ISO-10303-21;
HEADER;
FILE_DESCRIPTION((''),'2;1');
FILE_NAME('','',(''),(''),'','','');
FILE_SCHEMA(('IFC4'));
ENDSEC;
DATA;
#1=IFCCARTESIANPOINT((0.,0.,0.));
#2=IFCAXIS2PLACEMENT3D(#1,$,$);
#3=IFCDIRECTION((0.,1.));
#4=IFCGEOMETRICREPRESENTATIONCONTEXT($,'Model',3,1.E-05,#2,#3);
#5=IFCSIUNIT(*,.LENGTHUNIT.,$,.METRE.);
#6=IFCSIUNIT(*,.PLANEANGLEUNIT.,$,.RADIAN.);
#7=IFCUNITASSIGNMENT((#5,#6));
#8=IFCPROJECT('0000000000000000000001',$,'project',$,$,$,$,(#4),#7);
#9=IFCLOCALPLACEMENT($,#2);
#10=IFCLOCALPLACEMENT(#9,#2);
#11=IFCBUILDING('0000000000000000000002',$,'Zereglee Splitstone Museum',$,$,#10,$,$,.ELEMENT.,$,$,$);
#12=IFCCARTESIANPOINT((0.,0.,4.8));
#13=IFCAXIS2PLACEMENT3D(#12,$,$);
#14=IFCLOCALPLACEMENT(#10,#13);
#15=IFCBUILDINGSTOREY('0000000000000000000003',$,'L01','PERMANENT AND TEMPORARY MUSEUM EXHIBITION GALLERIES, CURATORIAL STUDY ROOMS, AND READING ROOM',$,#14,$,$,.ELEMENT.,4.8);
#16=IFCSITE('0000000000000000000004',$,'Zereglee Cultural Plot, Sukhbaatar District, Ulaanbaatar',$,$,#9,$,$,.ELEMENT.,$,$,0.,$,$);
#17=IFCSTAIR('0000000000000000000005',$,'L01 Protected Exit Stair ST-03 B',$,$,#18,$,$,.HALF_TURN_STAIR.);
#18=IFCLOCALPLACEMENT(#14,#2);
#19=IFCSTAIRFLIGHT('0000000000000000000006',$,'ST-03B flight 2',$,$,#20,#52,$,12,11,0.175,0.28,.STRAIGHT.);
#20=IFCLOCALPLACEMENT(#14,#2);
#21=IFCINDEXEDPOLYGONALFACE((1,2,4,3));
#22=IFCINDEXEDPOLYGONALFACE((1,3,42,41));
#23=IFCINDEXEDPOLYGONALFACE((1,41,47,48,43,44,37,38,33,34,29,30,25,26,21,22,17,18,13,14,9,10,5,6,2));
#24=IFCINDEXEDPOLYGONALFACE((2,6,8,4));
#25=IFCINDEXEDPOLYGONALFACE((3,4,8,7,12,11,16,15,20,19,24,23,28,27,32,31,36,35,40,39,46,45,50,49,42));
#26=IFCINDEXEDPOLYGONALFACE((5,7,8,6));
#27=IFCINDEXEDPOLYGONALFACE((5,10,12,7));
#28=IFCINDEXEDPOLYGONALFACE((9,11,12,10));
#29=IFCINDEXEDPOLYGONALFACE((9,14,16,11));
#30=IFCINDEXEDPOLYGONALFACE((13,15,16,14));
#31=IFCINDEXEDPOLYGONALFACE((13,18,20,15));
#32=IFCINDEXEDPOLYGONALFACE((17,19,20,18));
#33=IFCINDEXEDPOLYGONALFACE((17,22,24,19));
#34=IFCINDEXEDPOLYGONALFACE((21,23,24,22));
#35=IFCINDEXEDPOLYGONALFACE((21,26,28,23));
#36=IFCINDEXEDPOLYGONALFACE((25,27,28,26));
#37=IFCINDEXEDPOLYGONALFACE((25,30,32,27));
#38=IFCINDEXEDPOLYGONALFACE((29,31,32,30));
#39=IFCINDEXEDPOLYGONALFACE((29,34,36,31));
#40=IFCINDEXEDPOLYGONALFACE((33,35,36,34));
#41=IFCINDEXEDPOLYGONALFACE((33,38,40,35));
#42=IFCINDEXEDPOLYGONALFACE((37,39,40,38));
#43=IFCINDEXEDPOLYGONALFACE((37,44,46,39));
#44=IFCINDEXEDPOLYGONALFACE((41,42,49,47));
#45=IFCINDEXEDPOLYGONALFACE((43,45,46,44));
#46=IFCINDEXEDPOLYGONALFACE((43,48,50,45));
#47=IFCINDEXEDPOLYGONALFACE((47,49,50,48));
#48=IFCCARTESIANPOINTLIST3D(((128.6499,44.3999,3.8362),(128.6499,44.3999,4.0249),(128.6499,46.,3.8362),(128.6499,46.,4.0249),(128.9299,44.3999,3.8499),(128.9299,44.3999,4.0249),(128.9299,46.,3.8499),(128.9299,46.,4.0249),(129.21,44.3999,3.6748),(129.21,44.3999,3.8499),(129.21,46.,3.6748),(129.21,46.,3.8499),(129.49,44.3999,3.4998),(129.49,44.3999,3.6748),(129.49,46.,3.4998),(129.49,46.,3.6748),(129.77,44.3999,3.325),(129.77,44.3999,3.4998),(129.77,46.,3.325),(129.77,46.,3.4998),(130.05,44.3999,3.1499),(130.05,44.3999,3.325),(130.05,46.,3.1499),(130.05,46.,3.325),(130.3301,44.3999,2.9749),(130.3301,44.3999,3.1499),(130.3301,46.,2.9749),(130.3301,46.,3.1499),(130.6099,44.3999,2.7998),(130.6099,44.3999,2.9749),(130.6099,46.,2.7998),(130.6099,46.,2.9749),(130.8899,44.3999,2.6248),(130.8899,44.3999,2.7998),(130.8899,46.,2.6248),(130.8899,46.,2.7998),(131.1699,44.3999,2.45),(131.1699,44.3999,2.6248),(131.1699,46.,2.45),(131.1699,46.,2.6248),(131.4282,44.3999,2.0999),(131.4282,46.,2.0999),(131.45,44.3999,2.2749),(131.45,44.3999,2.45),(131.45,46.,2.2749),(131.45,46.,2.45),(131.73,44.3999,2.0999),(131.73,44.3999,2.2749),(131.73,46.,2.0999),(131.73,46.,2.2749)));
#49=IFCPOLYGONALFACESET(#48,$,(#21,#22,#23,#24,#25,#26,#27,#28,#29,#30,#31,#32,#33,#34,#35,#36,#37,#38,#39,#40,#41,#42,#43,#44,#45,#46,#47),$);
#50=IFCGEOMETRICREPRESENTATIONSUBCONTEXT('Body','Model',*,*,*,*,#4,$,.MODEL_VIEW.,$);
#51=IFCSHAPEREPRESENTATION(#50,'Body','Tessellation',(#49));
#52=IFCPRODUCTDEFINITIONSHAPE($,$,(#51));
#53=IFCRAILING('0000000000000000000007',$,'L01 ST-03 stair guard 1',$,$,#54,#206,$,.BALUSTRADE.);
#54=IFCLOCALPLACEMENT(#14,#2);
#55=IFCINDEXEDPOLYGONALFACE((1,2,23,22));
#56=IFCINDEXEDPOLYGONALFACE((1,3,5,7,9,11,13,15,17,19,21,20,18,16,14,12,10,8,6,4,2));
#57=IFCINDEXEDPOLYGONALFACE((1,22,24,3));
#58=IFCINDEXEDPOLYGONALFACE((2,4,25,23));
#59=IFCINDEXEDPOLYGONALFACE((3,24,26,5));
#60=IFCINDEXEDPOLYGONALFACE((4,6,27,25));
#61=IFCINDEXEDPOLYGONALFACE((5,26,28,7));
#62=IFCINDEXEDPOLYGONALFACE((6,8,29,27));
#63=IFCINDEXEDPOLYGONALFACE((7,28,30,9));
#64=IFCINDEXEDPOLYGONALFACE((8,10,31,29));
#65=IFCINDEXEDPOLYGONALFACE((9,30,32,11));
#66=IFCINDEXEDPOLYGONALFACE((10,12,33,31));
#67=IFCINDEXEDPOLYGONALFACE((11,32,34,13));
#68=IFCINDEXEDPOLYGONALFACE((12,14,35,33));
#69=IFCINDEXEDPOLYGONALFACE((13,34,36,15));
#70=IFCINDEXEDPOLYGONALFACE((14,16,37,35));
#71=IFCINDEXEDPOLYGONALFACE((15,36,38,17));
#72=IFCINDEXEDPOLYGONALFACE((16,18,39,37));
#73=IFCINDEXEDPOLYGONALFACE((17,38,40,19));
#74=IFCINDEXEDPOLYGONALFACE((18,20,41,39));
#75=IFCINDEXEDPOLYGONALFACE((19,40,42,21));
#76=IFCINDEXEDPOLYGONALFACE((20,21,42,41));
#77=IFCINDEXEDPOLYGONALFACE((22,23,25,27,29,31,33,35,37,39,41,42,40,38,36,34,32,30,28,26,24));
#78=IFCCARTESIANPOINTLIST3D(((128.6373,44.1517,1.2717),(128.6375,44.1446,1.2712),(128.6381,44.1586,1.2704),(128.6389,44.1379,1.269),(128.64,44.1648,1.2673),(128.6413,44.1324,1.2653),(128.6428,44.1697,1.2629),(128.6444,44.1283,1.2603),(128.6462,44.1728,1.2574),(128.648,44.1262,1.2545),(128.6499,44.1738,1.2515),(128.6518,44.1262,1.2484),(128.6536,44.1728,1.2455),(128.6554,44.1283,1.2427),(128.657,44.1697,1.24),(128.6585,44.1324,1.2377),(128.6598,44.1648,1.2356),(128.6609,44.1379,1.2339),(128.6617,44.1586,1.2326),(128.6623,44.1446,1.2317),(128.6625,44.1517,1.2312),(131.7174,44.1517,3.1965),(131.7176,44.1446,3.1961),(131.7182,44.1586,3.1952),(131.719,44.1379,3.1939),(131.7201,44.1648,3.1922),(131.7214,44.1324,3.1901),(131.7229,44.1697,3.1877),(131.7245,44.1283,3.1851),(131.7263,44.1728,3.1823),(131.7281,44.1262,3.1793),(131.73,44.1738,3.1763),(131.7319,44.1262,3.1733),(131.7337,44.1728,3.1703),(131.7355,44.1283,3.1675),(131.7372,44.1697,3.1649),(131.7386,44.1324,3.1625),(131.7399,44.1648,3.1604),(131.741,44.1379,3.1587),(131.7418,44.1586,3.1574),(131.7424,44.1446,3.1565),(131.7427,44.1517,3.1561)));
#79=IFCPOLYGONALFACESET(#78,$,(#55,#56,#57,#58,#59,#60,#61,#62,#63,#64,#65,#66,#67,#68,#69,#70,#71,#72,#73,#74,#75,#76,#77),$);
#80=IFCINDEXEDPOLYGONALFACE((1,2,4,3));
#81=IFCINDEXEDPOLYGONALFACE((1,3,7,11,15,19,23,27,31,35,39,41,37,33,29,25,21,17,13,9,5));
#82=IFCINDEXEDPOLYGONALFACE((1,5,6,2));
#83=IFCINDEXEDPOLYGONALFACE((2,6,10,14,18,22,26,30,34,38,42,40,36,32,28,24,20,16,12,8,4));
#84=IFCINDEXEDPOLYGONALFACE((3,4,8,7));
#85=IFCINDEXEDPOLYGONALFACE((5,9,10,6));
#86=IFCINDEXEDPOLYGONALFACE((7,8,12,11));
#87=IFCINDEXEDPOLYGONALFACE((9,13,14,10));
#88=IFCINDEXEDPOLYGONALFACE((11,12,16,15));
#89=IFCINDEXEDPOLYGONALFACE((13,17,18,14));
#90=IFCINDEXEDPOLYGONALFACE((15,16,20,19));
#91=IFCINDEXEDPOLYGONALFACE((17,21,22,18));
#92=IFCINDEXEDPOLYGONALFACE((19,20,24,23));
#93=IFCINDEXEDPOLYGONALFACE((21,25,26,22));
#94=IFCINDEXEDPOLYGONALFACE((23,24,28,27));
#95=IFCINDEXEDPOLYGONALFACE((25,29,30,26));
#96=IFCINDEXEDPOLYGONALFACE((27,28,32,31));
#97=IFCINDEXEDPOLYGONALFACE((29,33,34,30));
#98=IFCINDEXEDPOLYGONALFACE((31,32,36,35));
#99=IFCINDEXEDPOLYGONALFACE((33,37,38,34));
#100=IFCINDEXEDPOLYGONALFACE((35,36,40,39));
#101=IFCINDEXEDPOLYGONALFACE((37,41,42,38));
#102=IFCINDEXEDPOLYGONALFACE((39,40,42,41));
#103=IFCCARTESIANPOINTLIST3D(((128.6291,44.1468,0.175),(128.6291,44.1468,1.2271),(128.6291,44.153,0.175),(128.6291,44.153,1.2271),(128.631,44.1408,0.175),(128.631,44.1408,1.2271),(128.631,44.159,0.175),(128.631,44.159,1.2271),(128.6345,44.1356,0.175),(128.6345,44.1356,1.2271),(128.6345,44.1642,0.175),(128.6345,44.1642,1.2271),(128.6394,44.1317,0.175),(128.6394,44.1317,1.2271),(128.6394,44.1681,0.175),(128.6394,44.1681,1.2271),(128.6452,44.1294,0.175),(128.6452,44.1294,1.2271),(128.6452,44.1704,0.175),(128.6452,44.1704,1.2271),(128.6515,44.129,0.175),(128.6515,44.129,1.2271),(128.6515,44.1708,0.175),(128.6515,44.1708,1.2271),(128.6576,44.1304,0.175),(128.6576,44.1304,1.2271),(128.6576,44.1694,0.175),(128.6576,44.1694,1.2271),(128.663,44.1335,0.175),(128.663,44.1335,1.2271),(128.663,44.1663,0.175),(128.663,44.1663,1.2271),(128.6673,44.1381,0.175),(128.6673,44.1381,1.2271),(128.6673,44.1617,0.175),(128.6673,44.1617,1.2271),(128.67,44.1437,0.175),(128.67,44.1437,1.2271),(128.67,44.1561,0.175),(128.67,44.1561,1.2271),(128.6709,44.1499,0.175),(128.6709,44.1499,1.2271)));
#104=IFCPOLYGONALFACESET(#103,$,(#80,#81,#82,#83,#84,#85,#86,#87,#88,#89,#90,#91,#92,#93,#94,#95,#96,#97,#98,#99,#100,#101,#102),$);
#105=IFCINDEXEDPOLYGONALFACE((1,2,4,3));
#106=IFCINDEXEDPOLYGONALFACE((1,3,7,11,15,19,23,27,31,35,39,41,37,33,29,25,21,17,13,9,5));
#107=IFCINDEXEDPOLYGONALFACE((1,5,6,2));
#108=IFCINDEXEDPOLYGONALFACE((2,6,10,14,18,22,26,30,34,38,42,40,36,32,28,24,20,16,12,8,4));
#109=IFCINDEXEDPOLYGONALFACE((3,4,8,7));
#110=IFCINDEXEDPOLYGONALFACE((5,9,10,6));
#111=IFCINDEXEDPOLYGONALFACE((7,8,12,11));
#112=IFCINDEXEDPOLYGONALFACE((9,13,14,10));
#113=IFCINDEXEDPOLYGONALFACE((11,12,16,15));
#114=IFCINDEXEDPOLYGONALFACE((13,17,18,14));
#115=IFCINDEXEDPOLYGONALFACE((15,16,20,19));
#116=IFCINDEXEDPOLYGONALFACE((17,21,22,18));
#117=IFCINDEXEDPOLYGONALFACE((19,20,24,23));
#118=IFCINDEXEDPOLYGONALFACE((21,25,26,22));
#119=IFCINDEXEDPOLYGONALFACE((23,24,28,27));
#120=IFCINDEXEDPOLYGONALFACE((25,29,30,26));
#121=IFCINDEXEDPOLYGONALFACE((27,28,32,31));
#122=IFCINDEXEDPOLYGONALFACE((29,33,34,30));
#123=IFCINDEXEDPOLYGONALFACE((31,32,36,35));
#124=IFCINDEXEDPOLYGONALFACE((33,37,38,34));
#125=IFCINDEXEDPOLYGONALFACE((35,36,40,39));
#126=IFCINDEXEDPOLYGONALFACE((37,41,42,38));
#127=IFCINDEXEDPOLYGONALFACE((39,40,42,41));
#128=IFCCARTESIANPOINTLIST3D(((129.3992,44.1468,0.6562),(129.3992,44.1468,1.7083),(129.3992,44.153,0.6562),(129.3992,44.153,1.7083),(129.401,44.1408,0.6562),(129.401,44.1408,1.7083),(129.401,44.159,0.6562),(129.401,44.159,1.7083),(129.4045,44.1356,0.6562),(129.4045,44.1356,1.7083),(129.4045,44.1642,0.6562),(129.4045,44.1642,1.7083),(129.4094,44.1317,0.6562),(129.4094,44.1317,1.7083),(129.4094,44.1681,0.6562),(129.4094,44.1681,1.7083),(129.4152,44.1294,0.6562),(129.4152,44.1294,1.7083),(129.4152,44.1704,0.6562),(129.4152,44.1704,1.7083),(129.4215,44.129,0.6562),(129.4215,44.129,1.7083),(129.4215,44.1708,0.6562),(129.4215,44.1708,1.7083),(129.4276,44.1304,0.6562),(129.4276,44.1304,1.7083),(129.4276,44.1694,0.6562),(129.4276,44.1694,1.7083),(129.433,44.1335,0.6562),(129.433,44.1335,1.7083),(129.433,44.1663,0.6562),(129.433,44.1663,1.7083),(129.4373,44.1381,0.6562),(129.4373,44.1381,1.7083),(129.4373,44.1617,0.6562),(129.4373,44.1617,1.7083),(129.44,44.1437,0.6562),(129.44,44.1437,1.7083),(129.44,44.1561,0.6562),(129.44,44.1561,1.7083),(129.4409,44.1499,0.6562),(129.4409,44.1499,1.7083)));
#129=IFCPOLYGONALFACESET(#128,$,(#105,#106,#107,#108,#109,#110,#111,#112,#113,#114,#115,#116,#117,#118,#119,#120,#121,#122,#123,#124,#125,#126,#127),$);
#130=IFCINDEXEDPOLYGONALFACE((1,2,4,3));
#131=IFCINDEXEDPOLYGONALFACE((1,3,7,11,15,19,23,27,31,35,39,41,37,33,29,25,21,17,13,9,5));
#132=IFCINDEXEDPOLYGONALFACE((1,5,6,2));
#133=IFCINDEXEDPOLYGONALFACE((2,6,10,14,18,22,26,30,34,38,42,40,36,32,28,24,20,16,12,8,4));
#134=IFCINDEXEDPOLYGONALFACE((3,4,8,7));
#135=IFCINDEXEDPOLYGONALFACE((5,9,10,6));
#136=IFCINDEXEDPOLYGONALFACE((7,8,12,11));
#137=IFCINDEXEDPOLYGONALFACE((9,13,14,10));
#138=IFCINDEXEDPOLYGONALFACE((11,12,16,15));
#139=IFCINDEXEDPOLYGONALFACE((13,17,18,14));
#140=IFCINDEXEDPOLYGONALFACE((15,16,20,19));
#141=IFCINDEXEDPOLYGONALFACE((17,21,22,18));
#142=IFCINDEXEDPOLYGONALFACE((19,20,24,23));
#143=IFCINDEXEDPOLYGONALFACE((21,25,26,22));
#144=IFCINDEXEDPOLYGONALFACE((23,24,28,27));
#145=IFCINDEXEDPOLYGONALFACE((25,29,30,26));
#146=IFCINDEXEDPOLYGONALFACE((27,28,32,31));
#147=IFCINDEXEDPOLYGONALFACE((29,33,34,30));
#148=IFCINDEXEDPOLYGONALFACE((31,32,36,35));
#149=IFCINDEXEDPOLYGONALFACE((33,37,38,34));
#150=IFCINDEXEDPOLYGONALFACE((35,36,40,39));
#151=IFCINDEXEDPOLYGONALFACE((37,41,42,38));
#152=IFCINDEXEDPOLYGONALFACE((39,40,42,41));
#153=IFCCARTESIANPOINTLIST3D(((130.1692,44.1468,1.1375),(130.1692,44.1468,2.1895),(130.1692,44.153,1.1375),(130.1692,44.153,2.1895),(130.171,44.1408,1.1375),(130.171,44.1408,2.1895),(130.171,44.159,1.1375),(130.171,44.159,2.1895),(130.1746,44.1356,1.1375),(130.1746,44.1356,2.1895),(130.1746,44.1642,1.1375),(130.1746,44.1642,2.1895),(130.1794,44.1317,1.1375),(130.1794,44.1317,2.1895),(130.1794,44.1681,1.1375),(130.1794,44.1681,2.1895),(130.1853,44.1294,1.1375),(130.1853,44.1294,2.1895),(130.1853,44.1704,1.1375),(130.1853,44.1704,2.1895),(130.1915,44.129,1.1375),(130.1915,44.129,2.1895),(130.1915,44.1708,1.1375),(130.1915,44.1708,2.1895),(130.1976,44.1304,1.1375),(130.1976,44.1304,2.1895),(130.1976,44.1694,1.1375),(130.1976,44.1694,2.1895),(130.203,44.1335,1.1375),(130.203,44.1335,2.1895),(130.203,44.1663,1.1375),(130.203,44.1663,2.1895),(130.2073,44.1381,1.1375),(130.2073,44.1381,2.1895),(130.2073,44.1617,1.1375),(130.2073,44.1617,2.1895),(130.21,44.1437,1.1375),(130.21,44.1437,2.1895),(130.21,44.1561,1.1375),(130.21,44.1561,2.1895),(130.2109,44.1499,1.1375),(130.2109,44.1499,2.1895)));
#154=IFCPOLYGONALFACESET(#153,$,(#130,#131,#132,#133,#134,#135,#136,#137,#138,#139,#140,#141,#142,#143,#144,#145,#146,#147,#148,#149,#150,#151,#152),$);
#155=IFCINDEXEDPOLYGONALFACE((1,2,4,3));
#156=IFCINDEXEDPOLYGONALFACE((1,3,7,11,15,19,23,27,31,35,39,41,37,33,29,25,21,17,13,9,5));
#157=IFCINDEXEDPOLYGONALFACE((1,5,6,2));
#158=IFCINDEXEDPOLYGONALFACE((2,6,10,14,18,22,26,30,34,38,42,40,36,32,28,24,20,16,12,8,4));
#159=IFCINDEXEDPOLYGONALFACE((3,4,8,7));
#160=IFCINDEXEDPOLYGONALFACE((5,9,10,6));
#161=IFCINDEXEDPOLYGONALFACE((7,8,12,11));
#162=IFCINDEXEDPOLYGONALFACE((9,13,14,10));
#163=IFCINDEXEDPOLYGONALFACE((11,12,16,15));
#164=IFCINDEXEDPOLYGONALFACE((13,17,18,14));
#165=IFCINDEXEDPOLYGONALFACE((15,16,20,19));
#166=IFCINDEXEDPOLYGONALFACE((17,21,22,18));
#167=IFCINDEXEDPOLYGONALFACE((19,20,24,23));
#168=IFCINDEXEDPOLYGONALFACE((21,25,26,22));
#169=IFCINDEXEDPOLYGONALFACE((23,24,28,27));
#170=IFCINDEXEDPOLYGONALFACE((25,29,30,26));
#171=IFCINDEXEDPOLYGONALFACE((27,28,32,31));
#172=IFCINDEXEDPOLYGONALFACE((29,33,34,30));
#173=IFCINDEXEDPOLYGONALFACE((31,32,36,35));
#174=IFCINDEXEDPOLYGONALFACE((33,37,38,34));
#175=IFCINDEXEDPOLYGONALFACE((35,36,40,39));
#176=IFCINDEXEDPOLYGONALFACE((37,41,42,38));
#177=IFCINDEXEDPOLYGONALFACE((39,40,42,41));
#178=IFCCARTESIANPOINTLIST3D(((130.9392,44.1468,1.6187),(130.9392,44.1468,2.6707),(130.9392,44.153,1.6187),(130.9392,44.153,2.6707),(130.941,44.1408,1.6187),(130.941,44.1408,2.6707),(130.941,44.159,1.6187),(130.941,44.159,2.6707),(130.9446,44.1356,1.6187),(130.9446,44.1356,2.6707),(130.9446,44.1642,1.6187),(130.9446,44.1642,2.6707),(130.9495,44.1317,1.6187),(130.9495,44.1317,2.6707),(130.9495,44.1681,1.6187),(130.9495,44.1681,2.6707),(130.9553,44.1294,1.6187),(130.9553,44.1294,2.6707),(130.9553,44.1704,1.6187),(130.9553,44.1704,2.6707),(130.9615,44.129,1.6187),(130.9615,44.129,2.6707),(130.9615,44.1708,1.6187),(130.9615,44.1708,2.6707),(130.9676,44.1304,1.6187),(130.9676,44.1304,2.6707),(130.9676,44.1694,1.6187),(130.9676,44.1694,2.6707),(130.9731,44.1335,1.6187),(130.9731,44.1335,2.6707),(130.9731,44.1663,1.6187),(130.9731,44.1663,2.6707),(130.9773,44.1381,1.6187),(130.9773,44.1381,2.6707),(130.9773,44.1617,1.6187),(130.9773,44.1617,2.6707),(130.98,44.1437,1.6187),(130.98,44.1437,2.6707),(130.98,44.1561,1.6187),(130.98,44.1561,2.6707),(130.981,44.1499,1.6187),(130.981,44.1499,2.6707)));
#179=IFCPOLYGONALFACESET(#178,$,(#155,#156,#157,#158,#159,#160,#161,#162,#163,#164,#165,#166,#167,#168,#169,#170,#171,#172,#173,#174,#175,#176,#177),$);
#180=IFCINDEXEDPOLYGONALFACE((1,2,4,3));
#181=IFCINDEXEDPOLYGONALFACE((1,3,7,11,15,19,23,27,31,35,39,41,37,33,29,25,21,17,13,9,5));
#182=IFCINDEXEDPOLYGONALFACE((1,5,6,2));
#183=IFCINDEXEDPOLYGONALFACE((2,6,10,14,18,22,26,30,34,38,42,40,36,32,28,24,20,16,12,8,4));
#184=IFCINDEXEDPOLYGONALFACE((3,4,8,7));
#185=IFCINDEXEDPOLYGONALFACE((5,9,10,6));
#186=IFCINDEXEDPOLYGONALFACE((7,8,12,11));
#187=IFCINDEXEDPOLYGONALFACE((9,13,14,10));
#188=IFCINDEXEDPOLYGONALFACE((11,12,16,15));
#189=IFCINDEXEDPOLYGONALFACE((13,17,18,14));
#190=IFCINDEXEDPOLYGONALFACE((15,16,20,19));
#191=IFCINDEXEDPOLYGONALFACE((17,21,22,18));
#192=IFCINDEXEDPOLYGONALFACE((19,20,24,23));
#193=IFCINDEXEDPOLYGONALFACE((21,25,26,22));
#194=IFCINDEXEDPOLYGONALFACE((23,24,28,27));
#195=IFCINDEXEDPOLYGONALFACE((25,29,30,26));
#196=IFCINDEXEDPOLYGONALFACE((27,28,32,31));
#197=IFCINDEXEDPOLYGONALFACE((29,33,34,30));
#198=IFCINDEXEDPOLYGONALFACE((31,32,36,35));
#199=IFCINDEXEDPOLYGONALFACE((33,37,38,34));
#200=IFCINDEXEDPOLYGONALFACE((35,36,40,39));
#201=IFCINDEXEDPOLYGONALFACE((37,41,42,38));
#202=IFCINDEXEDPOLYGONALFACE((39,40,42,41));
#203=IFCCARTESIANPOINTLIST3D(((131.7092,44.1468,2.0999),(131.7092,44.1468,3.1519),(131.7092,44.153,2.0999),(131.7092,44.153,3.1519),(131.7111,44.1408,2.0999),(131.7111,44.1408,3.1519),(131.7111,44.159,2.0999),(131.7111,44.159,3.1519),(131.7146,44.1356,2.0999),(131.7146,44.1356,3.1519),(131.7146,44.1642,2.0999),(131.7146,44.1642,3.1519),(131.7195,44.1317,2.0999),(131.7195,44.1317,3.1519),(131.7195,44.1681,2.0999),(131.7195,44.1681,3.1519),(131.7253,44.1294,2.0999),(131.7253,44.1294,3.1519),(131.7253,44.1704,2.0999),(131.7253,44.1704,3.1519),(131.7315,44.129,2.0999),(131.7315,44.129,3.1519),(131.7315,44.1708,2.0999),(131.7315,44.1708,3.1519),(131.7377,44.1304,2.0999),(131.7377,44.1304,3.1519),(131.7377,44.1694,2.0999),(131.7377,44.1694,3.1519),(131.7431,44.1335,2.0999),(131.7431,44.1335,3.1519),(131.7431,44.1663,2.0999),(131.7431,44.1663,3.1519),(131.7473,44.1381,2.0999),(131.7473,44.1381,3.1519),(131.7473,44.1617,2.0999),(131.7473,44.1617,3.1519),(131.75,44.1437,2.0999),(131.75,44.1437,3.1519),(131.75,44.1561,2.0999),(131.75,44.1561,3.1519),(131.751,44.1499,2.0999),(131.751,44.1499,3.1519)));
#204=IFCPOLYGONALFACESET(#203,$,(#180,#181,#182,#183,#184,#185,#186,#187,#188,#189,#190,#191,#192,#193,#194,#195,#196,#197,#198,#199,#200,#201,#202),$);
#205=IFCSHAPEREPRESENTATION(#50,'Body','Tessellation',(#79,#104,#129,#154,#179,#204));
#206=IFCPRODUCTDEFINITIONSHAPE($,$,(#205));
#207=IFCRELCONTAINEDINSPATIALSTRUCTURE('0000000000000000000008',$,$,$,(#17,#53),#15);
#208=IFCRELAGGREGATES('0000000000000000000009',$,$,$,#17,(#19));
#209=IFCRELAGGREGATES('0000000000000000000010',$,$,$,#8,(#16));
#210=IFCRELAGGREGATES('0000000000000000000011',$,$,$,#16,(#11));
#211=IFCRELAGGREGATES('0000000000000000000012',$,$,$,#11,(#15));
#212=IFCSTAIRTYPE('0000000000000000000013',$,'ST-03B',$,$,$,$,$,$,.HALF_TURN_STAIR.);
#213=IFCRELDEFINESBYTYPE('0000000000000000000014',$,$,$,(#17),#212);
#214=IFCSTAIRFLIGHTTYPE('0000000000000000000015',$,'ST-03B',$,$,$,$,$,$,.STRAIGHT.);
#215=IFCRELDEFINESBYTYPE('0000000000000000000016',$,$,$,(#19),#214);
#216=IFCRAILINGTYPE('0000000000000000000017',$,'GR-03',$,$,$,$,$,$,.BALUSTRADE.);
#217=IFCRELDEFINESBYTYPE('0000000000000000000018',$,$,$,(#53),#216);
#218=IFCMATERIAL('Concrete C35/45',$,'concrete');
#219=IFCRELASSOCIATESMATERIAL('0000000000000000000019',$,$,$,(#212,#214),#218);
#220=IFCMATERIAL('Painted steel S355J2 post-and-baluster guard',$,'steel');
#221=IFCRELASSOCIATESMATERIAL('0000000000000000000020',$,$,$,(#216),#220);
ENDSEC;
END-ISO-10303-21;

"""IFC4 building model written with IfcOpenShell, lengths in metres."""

from ifc_helpers import new_model, si_unit, direction, frame, origin, origin_2d, place, context, subcontext, project, spatial, polyline, circle, outline, extrude, material, type_object, element, aggregate, save


model = new_model("IFC4")

# Units and contexts
model_context = context("Model", 3, precision=1e-05, world=origin(), true_north=direction((0.0, 1.0)))
body_context = subcontext(model_context, "Body", "Model", "MODEL_VIEW")
ifc_project = project(units=[si_unit("LENGTHUNIT", "METRE"), si_unit("PLANEANGLEUNIT", "RADIAN")], contexts=[model_context])

# Site, building, storey
site_placement = place(None, origin())
site = spatial("IfcSite", under=ifc_project, at=site_placement, Name="Zereglee Cultural Plot, Sukhbaatar District, Ulaanbaatar", CompositionType="ELEMENT", RefElevation=0.0)
building_placement = place(site_placement, origin())
building = spatial("IfcBuilding", under=site, at=building_placement, Name="Zereglee Splitstone Museum", CompositionType="ELEMENT")
storey_placement = place(building_placement, frame((0.0, 0.0, 4.8)))
storey = spatial("IfcBuildingStorey", under=building, at=storey_placement, Name="L01", Description="PERMANENT AND TEMPORARY MUSEUM EXHIBITION GALLERIES, CURATORIAL STUDY ROOMS, AND READING ROOM", CompositionType="ELEMENT", Elevation=4.8)

# Stair, stair flight
ifc_material_1 = material(Name="Concrete C35/45", Category="concrete")
stair_type = type_object("IfcStairType", Name="ST-03B", PredefinedType="HALF_TURN_STAIR", material=ifc_material_1)
stair_placement = place(storey_placement, origin())
stair = element("IfcStair", 1, at=stair_placement, inside=storey, type_object=stair_type, Name="L01 Protected Exit Stair ST-03 B", PredefinedType="HALF_TURN_STAIR")
stair_flight_type = type_object("IfcStairFlightType", Name="ST-03B", PredefinedType="STRAIGHT", material=ifc_material_1)
stair_flight_1_placement = place(storey_placement, frame((131.73, 45.2, 2.0999), z_axis=(0.0, 0.0, 1.0), x_axis=(-1.0, 0.0, 0.0)))
stair_flight_1 = element("IfcStairFlight", 2, at=stair_flight_1_placement, type_object=stair_flight_type, Name="ST-03B flight 2", NumberOfRisers=12, NumberOfTreads=11, PredefinedType="STRAIGHT", RiserHeight=0.175, TreadLength=0.28, context=body_context, shape_type="SweptSolid", body=[
    extrude(outline(polyline([(0.0, 0.0), (0.0, 0.175), (0.28, 0.175), (0.28, 0.3501), (0.5601, 0.3501), (0.5601, 0.5249), (0.8401, 0.5249), (0.8401, 0.7), (1.1201, 0.7), (1.1201, 0.875), (1.3999, 0.875), (1.3999, 1.05), (1.6799, 1.05), (1.6799, 1.2251), (1.96, 1.2251), (1.96, 1.3999), (2.24, 1.3999), (2.24, 1.575), (2.52, 1.575), (2.52, 1.75), (2.8, 1.75), (2.8, 1.925), (3.0801, 1.925), (3.0801, 2.1001), (3.0801, 1.7363), (0.3018, 0.0), (0.0, 0.0)])), frame((0.0, 0.8, 0.0), z_axis=(0.0, -1.0, 0.0), x_axis=(1.0, 0.0, 0.0)), (0.0, 0.0, 1.0), 1.6001),
])
aggregate(stair, [stair_flight_1])

# Railing
ifc_material_2 = material(Name="Painted steel S355J2 post-and-baluster guard", Category="steel")
railing_type_1 = type_object("IfcRailingType", Name="GR-03", PredefinedType="BALUSTRADE", material=ifc_material_2)
railing_1_placement = place(storey_placement, frame((128.6499, 44.1499, 0.175)))
element("IfcRailing", 3, at=railing_1_placement, inside=storey, type_object=railing_type_1, Name="L01 ST-03 stair guard 1", PredefinedType="BALUSTRADE", context=body_context, shape_type="SweptSolid", body=[
    extrude(circle(Radius=0.0239, at=origin_2d()), frame((0.0, 0.0, 1.0764), z_axis=(0.848029, 0.0, 0.529951), x_axis=(0.0, 1.0, 0.0)), (0.0, 0.0, 1.0), 3.6321),
    extrude(circle(Radius=0.021, at=origin_2d()), origin(), (0.0, 0.0, 1.0), 1.052),
    extrude(circle(Radius=0.021, at=origin_2d()), frame((0.77, 0.0, 0.4812)), (0.0, 0.0, 1.0), 1.052),
    extrude(circle(Radius=0.021, at=origin_2d()), frame((1.54, 0.0, 0.9624)), (0.0, 0.0, 1.0), 1.052),
    extrude(circle(Radius=0.021, at=origin_2d()), frame((2.3101, 0.0, 1.4436)), (0.0, 0.0, 1.0), 1.052),
    extrude(circle(Radius=0.021, at=origin_2d()), frame((3.0801, 0.0, 1.9248)), (0.0, 0.0, 1.0), 1.052),
])

save(model, "model.ifc")
